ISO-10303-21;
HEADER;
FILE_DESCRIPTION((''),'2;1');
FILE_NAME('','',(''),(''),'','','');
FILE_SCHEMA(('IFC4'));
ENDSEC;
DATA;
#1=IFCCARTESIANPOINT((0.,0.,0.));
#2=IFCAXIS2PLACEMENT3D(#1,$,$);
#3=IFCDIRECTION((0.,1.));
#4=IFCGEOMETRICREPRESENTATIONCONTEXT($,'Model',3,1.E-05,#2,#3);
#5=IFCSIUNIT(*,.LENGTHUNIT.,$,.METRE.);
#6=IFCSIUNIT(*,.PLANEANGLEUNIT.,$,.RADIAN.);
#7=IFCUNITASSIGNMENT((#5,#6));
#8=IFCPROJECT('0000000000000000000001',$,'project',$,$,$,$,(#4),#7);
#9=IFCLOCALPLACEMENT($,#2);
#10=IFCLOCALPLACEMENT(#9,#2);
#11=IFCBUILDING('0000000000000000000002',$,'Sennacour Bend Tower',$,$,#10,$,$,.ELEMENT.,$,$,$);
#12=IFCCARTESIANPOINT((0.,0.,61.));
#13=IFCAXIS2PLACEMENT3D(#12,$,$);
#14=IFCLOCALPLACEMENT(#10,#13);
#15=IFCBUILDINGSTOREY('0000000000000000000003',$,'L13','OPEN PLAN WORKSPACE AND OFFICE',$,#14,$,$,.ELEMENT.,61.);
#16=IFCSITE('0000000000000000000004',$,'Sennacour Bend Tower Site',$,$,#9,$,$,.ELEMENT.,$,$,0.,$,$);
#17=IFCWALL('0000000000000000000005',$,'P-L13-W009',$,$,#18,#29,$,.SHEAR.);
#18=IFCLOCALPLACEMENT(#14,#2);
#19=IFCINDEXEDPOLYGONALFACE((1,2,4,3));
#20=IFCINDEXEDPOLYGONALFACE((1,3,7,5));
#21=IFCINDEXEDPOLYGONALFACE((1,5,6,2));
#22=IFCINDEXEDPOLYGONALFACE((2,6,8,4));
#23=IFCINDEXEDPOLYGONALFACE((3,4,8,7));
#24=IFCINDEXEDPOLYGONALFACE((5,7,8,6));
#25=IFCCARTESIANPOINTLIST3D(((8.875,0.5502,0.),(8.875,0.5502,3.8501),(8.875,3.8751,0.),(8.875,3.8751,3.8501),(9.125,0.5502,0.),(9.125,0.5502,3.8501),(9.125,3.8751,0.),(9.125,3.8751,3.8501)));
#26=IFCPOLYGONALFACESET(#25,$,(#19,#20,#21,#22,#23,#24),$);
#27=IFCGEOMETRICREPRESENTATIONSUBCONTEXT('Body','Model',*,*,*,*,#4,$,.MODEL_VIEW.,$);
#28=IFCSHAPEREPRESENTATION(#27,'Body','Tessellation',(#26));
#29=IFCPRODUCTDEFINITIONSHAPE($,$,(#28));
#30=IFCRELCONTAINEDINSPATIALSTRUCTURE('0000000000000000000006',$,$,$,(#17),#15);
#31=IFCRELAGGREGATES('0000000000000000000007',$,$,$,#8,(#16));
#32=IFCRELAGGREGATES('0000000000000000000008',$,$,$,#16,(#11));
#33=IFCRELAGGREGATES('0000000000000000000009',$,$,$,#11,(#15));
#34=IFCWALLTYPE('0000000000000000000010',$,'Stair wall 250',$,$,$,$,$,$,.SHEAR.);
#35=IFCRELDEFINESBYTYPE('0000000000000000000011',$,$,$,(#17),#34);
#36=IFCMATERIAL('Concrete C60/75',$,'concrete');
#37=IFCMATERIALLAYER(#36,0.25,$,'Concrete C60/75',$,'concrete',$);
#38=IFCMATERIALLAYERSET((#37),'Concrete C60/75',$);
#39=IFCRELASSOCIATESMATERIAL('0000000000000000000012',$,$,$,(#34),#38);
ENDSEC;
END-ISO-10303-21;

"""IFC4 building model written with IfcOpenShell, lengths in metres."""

from ifc_helpers import new_model, si_unit, direction, frame, frame_2d, origin, place, context, subcontext, project, spatial, rectangle, extrude, material, layer, layer_set, type_object, element, save


model = new_model("IFC4")

# Units and contexts
model_context = context("Model", 3, precision=1e-05, world=origin(), true_north=direction((0.0, 1.0)))
body_context = subcontext(model_context, "Body", "Model", "MODEL_VIEW")
ifc_project = project(units=[si_unit("LENGTHUNIT", "METRE"), si_unit("PLANEANGLEUNIT", "RADIAN")], contexts=[model_context])

# Site, building, storey
site_placement = place(None, origin())
site = spatial("IfcSite", under=ifc_project, at=site_placement, Name="Sennacour Bend Tower Site", CompositionType="ELEMENT", RefElevation=0.0)
building_placement = place(site_placement, origin())
building = spatial("IfcBuilding", under=site, at=building_placement, Name="Sennacour Bend Tower", CompositionType="ELEMENT")
storey_placement = place(building_placement, frame((0.0, 0.0, 61.0)))
storey = spatial("IfcBuildingStorey", under=building, at=storey_placement, Name="L13", Description="OPEN PLAN WORKSPACE AND OFFICE", CompositionType="ELEMENT", Elevation=61.0)

# Wall
ifc_material_1 = material(Name="Concrete C60/75", Category="concrete")
ifc_layer_1 = layer(ifc_material_1, 0.25, Name="Concrete C60/75", Category="concrete")
ifc_layer_set_1 = layer_set([ifc_layer_1], Name="Concrete C60/75")
wall_type_1 = type_object("IfcWallType", Name="Stair wall 250", PredefinedType="SHEAR", material=ifc_layer_set_1)
wall_1_placement = place(storey_placement, frame((9.0, 0.55, 0.0), z_axis=(0.0, 0.0, 1.0), x_axis=(0.0, 1.0, 0.0)))
element("IfcWall", 1, at=wall_1_placement, inside=storey, type_object=wall_type_1, Name="P-L13-W009", PredefinedType="SHEAR", context=body_context, shape_type="SweptSolid", body=[
    extrude(rectangle(XDim=3.325, YDim=0.25, at=frame_2d((1.6626, 0.0))), origin(), (0.0, 0.0, 1.0), 3.8501),
])

save(model, "model.ifc")
